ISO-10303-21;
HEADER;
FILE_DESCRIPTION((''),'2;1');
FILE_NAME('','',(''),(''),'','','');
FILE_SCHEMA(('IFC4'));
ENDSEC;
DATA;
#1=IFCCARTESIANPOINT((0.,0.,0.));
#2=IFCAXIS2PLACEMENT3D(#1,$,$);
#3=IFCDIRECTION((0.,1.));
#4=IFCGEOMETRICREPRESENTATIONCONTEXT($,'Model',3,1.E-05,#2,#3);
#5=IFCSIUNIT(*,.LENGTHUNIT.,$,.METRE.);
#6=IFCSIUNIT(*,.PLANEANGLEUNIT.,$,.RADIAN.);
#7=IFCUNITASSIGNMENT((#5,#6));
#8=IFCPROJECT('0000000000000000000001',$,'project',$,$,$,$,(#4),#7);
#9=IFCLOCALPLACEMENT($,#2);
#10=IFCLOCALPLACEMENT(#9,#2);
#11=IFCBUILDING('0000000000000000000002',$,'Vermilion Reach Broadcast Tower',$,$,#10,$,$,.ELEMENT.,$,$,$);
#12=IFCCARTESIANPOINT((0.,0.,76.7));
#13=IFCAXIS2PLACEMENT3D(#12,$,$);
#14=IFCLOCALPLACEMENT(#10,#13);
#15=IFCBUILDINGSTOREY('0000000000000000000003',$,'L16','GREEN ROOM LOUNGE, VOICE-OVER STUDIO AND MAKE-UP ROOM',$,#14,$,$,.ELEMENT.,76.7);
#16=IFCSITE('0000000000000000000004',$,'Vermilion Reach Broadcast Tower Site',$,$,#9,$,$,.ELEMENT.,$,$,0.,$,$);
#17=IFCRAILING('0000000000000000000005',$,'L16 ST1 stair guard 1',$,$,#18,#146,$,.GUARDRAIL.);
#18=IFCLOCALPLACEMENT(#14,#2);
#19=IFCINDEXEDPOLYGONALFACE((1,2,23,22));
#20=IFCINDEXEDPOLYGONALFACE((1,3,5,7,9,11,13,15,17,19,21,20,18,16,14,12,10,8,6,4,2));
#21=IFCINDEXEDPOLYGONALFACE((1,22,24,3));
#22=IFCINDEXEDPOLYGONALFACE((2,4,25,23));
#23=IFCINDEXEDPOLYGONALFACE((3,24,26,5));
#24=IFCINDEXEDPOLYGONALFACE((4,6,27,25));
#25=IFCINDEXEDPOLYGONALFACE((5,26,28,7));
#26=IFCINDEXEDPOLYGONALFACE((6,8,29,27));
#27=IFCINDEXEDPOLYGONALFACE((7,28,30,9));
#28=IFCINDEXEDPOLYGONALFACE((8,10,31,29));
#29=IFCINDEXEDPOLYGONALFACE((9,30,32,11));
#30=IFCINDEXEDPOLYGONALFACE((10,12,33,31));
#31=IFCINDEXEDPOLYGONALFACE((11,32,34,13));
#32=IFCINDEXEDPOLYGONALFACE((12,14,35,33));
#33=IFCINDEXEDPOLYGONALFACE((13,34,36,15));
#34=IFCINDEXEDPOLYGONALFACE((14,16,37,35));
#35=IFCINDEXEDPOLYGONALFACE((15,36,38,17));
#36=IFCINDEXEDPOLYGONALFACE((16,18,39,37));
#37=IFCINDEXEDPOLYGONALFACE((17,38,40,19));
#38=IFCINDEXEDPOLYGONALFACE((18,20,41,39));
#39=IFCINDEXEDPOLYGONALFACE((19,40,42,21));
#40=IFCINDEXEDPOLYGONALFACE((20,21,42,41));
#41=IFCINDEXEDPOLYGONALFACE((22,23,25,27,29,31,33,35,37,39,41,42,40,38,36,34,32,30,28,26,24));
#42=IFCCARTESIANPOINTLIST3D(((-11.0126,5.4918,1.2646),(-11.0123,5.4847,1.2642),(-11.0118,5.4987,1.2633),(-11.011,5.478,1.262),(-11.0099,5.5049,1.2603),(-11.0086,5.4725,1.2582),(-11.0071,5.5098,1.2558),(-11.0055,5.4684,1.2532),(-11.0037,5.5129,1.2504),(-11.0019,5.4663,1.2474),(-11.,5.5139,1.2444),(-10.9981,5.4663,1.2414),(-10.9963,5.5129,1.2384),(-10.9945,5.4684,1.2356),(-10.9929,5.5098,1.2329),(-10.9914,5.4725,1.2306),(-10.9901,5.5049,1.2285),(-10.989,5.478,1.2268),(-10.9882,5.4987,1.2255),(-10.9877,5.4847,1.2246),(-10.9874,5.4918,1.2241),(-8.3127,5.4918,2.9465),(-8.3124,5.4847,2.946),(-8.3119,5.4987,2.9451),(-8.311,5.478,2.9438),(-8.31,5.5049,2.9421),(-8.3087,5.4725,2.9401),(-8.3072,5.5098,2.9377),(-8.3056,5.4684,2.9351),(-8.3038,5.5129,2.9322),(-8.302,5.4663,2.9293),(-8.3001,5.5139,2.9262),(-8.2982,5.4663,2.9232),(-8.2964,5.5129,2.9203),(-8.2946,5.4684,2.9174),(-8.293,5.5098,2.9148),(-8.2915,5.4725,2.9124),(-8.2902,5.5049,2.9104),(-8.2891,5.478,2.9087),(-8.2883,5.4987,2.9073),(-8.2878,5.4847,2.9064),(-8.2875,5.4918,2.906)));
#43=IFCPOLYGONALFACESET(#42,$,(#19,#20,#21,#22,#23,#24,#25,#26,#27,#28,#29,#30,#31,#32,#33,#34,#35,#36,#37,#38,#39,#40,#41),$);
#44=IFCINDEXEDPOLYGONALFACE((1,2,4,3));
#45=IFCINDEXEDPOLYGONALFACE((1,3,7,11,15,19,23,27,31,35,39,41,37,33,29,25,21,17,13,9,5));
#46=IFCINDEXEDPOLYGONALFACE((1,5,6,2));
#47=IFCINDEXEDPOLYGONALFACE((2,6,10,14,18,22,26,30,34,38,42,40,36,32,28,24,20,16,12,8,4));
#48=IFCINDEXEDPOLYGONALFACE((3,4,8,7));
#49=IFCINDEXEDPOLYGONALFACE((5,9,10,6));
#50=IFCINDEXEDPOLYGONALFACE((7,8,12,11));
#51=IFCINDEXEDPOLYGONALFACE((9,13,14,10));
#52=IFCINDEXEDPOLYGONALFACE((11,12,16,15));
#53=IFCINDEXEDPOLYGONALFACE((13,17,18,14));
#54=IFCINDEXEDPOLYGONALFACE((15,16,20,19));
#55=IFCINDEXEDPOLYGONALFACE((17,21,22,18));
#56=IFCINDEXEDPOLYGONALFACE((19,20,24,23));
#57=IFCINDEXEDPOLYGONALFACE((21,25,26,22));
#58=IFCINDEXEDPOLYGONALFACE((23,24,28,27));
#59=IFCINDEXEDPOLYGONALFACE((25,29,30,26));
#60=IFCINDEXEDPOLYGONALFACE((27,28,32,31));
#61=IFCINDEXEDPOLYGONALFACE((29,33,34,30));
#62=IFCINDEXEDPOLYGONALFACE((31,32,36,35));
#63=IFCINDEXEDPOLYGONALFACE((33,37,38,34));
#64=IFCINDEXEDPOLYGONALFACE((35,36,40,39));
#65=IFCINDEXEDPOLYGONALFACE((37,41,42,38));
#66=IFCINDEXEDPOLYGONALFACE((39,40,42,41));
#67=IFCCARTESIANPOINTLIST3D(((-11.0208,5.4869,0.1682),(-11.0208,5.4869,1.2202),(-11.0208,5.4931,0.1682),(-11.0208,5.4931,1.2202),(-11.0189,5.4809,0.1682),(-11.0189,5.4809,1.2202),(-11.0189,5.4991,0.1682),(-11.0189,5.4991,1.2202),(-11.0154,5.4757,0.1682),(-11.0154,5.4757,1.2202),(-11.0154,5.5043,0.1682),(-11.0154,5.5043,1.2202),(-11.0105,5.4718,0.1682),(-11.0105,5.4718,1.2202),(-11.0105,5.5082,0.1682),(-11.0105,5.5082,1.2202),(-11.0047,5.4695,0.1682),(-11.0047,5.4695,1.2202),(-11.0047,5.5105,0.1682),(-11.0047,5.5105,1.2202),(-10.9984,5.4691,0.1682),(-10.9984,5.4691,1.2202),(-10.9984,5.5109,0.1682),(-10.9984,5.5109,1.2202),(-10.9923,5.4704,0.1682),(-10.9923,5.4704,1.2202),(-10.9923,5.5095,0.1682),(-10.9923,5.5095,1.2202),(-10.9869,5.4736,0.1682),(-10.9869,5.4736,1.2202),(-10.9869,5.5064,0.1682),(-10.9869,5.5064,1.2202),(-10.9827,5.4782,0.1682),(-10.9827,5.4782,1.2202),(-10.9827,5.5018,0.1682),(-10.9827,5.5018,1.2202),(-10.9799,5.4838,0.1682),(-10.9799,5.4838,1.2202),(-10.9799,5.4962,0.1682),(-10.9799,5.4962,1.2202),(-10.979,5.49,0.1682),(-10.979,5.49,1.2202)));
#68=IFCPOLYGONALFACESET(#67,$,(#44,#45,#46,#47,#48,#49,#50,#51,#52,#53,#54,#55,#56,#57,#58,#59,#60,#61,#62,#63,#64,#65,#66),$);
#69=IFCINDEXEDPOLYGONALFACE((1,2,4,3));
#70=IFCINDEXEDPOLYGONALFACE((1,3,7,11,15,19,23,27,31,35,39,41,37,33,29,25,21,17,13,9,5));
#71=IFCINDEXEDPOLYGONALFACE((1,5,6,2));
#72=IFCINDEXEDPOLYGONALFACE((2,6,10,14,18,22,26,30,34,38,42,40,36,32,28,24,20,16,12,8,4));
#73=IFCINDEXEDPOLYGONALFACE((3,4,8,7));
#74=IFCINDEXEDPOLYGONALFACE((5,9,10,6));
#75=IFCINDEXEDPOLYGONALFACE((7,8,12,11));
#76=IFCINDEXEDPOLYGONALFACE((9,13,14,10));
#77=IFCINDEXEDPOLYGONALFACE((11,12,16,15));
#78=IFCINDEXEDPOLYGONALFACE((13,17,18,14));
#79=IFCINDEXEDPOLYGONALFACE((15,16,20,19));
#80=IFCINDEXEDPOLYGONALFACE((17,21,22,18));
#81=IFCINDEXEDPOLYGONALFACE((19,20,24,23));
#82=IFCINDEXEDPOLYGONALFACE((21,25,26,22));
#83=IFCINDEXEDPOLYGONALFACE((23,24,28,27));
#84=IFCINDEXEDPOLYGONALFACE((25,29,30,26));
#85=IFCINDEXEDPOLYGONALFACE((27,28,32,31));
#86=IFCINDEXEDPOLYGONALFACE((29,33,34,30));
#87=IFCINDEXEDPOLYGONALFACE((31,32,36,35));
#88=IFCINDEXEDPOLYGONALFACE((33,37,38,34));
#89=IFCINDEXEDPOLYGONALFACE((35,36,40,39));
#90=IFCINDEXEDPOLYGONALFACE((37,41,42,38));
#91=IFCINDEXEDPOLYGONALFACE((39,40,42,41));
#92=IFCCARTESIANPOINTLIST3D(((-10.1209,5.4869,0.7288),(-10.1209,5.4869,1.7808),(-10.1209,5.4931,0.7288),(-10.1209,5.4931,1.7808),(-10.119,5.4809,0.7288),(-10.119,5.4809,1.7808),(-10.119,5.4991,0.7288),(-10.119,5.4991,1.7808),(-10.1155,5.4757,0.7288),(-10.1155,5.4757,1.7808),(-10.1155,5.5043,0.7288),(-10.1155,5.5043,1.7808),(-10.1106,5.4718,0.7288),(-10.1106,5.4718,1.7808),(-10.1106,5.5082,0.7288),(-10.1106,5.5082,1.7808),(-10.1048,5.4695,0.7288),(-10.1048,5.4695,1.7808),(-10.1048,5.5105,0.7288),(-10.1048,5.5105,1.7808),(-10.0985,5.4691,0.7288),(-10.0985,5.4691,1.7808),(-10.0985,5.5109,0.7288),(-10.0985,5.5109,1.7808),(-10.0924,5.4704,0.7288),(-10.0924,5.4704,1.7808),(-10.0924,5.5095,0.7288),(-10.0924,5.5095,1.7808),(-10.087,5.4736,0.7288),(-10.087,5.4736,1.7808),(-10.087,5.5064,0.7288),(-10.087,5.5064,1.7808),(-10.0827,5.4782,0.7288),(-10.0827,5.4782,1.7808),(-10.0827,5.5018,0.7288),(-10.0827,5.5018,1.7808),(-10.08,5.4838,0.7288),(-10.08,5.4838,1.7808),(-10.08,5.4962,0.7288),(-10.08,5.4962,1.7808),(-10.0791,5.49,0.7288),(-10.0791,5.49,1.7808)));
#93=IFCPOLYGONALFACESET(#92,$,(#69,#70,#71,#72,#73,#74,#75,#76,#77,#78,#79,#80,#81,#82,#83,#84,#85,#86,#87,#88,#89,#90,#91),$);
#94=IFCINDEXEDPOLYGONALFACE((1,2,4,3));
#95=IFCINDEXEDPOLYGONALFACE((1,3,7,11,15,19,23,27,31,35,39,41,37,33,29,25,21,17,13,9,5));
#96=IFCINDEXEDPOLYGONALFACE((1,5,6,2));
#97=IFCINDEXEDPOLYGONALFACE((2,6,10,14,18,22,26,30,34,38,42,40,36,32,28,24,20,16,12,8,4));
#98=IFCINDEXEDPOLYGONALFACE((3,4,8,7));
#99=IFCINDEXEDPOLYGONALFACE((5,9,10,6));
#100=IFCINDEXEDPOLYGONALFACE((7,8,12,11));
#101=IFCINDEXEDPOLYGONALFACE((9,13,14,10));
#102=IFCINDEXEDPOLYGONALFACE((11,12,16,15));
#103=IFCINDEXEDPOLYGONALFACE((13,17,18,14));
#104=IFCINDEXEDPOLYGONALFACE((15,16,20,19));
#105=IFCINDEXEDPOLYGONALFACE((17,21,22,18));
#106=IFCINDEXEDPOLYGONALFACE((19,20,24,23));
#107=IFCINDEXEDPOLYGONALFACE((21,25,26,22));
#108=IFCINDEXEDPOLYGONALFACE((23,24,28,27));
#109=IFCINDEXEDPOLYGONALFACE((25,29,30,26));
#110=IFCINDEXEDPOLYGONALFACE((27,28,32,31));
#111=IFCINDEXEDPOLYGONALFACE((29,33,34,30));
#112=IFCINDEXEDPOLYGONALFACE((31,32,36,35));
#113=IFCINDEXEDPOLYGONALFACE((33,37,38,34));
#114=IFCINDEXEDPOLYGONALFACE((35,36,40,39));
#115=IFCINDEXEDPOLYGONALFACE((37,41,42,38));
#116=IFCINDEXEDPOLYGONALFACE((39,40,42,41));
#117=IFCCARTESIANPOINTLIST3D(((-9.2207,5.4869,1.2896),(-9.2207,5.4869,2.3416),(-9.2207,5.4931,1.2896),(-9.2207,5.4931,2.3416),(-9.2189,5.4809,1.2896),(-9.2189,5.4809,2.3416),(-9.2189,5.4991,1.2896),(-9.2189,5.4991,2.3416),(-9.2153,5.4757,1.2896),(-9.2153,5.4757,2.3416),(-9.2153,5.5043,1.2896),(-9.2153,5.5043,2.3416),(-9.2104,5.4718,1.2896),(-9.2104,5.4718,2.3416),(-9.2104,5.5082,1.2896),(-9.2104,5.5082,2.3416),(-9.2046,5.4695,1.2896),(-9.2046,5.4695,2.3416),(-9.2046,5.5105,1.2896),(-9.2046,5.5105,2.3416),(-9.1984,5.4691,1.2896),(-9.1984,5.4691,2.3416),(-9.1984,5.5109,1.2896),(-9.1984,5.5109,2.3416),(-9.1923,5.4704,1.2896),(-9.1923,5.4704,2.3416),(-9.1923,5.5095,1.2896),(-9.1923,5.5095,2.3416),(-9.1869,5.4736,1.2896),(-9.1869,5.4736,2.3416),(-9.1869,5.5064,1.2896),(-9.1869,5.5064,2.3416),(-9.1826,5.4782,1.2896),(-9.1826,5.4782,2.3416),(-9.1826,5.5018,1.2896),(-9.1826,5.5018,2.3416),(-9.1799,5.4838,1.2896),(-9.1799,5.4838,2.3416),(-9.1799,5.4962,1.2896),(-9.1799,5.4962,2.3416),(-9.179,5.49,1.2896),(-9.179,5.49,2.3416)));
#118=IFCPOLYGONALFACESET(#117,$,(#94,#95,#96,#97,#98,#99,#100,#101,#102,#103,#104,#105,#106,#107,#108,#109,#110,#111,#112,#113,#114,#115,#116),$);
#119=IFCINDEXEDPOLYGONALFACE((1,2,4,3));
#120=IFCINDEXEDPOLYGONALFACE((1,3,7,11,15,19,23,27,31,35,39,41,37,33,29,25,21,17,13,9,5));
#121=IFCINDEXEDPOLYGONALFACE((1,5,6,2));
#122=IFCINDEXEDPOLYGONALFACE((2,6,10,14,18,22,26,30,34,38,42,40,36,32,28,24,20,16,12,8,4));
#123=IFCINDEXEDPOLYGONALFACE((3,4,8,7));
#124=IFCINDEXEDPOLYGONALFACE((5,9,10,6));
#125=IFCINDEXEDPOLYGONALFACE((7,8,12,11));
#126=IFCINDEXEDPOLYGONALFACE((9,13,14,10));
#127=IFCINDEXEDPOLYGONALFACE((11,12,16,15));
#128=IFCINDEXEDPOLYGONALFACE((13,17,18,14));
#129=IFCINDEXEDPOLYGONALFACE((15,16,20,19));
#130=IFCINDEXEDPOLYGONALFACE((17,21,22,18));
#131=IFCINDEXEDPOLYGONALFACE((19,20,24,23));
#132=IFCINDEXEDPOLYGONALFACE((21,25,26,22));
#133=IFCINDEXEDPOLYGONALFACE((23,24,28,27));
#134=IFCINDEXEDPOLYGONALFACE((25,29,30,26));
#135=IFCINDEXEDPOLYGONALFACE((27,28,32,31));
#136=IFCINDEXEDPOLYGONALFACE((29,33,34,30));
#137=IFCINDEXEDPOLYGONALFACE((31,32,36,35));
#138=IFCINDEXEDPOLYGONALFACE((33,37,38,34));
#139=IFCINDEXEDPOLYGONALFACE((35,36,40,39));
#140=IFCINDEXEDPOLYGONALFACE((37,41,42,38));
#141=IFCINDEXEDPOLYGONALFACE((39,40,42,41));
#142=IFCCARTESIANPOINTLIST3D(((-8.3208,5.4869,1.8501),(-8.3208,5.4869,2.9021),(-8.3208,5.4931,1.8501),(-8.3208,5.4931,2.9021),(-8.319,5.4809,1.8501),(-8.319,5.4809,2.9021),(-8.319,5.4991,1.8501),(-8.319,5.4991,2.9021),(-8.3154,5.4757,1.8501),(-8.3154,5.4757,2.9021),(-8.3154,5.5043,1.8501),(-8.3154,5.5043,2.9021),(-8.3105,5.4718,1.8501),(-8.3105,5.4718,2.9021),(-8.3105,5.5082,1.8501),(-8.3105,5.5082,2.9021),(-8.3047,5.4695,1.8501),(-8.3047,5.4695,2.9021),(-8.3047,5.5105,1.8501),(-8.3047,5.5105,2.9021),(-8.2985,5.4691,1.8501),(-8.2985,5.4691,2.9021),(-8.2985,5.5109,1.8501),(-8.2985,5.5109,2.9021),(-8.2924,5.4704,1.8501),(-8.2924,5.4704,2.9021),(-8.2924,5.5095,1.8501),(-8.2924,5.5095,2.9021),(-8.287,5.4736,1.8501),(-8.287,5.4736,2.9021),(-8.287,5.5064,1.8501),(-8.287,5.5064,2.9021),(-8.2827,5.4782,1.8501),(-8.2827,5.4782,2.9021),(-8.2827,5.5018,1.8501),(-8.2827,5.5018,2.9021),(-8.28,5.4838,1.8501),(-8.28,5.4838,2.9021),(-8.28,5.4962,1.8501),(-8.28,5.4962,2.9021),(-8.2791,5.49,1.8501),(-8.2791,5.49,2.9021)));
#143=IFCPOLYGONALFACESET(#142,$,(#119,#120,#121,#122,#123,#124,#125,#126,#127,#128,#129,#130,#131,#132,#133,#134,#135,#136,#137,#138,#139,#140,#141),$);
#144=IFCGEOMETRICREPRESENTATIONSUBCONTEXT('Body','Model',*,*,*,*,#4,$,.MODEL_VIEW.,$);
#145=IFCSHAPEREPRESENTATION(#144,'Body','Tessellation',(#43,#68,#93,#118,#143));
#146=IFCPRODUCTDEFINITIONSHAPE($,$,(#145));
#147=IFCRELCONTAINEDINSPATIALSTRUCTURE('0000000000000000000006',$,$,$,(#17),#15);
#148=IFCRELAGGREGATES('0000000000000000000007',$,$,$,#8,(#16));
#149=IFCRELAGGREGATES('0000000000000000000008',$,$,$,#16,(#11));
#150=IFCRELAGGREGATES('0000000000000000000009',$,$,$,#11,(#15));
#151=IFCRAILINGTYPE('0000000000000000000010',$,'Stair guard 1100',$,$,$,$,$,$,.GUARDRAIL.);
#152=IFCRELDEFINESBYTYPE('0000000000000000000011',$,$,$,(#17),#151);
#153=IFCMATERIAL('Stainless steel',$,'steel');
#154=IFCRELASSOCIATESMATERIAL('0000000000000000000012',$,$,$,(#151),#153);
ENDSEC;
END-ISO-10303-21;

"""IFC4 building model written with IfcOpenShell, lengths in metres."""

from ifc_helpers import new_model, si_unit, direction, frame, origin, origin_2d, place, context, subcontext, project, spatial, circle, extrude, material, type_object, element, save


model = new_model("IFC4")

# Units and contexts
model_context = context("Model", 3, precision=1e-05, world=origin(), true_north=direction((0.0, 1.0)))
body_context = subcontext(model_context, "Body", "Model", "MODEL_VIEW")
ifc_project = project(units=[si_unit("LENGTHUNIT", "METRE"), si_unit("PLANEANGLEUNIT", "RADIAN")], contexts=[model_context])

# Site, building, storey
site_placement = place(None, origin())
site = spatial("IfcSite", under=ifc_project, at=site_placement, Name="Vermilion Reach Broadcast Tower Site", CompositionType="ELEMENT", RefElevation=0.0)
building_placement = place(site_placement, origin())
building = spatial("IfcBuilding", under=site, at=building_placement, Name="Vermilion Reach Broadcast Tower", CompositionType="ELEMENT")
storey_placement = place(building_placement, frame((0.0, 0.0, 76.7)))
storey = spatial("IfcBuildingStorey", under=building, at=storey_placement, Name="L16", Description="GREEN ROOM LOUNGE, VOICE-OVER STUDIO AND MAKE-UP ROOM", CompositionType="ELEMENT", Elevation=76.7)

# Railing
ifc_material_1 = material(Name="Stainless steel", Category="steel")
railing_type_1 = type_object("IfcRailingType", Name="Stair guard 1100", PredefinedType="GUARDRAIL", material=ifc_material_1)
railing_1_placement = place(storey_placement, frame((-11.0, 5.49, 0.1682)))
element("IfcRailing", 1, at=railing_1_placement, inside=storey, type_object=railing_type_1, Name="L16 ST1 stair guard 1", PredefinedType="GUARDRAIL", context=body_context, shape_type="SweptSolid", body=[
    extrude(circle(Radius=0.0239, at=origin_2d()), frame((0.0, 0.0, 1.0762), z_axis=(0.848786, 0.0, 0.528736), x_axis=(0.0, 1.0, 0.0)), (0.0, 0.0, 1.0), 3.1809),
    extrude(circle(Radius=0.021, at=origin_2d()), origin(), (0.0, 0.0, 1.0), 1.052),
    extrude(circle(Radius=0.021, at=origin_2d()), frame((0.8999, 0.0, 0.5605)), (0.0, 0.0, 1.0), 1.052),
    extrude(circle(Radius=0.021, at=origin_2d()), frame((1.8, 0.0, 1.1213)), (0.0, 0.0, 1.0), 1.052),
    extrude(circle(Radius=0.021, at=origin_2d()), frame((2.7, 0.0, 1.6819)), (0.0, 0.0, 1.0), 1.052),
])

save(model, "model.ifc")
